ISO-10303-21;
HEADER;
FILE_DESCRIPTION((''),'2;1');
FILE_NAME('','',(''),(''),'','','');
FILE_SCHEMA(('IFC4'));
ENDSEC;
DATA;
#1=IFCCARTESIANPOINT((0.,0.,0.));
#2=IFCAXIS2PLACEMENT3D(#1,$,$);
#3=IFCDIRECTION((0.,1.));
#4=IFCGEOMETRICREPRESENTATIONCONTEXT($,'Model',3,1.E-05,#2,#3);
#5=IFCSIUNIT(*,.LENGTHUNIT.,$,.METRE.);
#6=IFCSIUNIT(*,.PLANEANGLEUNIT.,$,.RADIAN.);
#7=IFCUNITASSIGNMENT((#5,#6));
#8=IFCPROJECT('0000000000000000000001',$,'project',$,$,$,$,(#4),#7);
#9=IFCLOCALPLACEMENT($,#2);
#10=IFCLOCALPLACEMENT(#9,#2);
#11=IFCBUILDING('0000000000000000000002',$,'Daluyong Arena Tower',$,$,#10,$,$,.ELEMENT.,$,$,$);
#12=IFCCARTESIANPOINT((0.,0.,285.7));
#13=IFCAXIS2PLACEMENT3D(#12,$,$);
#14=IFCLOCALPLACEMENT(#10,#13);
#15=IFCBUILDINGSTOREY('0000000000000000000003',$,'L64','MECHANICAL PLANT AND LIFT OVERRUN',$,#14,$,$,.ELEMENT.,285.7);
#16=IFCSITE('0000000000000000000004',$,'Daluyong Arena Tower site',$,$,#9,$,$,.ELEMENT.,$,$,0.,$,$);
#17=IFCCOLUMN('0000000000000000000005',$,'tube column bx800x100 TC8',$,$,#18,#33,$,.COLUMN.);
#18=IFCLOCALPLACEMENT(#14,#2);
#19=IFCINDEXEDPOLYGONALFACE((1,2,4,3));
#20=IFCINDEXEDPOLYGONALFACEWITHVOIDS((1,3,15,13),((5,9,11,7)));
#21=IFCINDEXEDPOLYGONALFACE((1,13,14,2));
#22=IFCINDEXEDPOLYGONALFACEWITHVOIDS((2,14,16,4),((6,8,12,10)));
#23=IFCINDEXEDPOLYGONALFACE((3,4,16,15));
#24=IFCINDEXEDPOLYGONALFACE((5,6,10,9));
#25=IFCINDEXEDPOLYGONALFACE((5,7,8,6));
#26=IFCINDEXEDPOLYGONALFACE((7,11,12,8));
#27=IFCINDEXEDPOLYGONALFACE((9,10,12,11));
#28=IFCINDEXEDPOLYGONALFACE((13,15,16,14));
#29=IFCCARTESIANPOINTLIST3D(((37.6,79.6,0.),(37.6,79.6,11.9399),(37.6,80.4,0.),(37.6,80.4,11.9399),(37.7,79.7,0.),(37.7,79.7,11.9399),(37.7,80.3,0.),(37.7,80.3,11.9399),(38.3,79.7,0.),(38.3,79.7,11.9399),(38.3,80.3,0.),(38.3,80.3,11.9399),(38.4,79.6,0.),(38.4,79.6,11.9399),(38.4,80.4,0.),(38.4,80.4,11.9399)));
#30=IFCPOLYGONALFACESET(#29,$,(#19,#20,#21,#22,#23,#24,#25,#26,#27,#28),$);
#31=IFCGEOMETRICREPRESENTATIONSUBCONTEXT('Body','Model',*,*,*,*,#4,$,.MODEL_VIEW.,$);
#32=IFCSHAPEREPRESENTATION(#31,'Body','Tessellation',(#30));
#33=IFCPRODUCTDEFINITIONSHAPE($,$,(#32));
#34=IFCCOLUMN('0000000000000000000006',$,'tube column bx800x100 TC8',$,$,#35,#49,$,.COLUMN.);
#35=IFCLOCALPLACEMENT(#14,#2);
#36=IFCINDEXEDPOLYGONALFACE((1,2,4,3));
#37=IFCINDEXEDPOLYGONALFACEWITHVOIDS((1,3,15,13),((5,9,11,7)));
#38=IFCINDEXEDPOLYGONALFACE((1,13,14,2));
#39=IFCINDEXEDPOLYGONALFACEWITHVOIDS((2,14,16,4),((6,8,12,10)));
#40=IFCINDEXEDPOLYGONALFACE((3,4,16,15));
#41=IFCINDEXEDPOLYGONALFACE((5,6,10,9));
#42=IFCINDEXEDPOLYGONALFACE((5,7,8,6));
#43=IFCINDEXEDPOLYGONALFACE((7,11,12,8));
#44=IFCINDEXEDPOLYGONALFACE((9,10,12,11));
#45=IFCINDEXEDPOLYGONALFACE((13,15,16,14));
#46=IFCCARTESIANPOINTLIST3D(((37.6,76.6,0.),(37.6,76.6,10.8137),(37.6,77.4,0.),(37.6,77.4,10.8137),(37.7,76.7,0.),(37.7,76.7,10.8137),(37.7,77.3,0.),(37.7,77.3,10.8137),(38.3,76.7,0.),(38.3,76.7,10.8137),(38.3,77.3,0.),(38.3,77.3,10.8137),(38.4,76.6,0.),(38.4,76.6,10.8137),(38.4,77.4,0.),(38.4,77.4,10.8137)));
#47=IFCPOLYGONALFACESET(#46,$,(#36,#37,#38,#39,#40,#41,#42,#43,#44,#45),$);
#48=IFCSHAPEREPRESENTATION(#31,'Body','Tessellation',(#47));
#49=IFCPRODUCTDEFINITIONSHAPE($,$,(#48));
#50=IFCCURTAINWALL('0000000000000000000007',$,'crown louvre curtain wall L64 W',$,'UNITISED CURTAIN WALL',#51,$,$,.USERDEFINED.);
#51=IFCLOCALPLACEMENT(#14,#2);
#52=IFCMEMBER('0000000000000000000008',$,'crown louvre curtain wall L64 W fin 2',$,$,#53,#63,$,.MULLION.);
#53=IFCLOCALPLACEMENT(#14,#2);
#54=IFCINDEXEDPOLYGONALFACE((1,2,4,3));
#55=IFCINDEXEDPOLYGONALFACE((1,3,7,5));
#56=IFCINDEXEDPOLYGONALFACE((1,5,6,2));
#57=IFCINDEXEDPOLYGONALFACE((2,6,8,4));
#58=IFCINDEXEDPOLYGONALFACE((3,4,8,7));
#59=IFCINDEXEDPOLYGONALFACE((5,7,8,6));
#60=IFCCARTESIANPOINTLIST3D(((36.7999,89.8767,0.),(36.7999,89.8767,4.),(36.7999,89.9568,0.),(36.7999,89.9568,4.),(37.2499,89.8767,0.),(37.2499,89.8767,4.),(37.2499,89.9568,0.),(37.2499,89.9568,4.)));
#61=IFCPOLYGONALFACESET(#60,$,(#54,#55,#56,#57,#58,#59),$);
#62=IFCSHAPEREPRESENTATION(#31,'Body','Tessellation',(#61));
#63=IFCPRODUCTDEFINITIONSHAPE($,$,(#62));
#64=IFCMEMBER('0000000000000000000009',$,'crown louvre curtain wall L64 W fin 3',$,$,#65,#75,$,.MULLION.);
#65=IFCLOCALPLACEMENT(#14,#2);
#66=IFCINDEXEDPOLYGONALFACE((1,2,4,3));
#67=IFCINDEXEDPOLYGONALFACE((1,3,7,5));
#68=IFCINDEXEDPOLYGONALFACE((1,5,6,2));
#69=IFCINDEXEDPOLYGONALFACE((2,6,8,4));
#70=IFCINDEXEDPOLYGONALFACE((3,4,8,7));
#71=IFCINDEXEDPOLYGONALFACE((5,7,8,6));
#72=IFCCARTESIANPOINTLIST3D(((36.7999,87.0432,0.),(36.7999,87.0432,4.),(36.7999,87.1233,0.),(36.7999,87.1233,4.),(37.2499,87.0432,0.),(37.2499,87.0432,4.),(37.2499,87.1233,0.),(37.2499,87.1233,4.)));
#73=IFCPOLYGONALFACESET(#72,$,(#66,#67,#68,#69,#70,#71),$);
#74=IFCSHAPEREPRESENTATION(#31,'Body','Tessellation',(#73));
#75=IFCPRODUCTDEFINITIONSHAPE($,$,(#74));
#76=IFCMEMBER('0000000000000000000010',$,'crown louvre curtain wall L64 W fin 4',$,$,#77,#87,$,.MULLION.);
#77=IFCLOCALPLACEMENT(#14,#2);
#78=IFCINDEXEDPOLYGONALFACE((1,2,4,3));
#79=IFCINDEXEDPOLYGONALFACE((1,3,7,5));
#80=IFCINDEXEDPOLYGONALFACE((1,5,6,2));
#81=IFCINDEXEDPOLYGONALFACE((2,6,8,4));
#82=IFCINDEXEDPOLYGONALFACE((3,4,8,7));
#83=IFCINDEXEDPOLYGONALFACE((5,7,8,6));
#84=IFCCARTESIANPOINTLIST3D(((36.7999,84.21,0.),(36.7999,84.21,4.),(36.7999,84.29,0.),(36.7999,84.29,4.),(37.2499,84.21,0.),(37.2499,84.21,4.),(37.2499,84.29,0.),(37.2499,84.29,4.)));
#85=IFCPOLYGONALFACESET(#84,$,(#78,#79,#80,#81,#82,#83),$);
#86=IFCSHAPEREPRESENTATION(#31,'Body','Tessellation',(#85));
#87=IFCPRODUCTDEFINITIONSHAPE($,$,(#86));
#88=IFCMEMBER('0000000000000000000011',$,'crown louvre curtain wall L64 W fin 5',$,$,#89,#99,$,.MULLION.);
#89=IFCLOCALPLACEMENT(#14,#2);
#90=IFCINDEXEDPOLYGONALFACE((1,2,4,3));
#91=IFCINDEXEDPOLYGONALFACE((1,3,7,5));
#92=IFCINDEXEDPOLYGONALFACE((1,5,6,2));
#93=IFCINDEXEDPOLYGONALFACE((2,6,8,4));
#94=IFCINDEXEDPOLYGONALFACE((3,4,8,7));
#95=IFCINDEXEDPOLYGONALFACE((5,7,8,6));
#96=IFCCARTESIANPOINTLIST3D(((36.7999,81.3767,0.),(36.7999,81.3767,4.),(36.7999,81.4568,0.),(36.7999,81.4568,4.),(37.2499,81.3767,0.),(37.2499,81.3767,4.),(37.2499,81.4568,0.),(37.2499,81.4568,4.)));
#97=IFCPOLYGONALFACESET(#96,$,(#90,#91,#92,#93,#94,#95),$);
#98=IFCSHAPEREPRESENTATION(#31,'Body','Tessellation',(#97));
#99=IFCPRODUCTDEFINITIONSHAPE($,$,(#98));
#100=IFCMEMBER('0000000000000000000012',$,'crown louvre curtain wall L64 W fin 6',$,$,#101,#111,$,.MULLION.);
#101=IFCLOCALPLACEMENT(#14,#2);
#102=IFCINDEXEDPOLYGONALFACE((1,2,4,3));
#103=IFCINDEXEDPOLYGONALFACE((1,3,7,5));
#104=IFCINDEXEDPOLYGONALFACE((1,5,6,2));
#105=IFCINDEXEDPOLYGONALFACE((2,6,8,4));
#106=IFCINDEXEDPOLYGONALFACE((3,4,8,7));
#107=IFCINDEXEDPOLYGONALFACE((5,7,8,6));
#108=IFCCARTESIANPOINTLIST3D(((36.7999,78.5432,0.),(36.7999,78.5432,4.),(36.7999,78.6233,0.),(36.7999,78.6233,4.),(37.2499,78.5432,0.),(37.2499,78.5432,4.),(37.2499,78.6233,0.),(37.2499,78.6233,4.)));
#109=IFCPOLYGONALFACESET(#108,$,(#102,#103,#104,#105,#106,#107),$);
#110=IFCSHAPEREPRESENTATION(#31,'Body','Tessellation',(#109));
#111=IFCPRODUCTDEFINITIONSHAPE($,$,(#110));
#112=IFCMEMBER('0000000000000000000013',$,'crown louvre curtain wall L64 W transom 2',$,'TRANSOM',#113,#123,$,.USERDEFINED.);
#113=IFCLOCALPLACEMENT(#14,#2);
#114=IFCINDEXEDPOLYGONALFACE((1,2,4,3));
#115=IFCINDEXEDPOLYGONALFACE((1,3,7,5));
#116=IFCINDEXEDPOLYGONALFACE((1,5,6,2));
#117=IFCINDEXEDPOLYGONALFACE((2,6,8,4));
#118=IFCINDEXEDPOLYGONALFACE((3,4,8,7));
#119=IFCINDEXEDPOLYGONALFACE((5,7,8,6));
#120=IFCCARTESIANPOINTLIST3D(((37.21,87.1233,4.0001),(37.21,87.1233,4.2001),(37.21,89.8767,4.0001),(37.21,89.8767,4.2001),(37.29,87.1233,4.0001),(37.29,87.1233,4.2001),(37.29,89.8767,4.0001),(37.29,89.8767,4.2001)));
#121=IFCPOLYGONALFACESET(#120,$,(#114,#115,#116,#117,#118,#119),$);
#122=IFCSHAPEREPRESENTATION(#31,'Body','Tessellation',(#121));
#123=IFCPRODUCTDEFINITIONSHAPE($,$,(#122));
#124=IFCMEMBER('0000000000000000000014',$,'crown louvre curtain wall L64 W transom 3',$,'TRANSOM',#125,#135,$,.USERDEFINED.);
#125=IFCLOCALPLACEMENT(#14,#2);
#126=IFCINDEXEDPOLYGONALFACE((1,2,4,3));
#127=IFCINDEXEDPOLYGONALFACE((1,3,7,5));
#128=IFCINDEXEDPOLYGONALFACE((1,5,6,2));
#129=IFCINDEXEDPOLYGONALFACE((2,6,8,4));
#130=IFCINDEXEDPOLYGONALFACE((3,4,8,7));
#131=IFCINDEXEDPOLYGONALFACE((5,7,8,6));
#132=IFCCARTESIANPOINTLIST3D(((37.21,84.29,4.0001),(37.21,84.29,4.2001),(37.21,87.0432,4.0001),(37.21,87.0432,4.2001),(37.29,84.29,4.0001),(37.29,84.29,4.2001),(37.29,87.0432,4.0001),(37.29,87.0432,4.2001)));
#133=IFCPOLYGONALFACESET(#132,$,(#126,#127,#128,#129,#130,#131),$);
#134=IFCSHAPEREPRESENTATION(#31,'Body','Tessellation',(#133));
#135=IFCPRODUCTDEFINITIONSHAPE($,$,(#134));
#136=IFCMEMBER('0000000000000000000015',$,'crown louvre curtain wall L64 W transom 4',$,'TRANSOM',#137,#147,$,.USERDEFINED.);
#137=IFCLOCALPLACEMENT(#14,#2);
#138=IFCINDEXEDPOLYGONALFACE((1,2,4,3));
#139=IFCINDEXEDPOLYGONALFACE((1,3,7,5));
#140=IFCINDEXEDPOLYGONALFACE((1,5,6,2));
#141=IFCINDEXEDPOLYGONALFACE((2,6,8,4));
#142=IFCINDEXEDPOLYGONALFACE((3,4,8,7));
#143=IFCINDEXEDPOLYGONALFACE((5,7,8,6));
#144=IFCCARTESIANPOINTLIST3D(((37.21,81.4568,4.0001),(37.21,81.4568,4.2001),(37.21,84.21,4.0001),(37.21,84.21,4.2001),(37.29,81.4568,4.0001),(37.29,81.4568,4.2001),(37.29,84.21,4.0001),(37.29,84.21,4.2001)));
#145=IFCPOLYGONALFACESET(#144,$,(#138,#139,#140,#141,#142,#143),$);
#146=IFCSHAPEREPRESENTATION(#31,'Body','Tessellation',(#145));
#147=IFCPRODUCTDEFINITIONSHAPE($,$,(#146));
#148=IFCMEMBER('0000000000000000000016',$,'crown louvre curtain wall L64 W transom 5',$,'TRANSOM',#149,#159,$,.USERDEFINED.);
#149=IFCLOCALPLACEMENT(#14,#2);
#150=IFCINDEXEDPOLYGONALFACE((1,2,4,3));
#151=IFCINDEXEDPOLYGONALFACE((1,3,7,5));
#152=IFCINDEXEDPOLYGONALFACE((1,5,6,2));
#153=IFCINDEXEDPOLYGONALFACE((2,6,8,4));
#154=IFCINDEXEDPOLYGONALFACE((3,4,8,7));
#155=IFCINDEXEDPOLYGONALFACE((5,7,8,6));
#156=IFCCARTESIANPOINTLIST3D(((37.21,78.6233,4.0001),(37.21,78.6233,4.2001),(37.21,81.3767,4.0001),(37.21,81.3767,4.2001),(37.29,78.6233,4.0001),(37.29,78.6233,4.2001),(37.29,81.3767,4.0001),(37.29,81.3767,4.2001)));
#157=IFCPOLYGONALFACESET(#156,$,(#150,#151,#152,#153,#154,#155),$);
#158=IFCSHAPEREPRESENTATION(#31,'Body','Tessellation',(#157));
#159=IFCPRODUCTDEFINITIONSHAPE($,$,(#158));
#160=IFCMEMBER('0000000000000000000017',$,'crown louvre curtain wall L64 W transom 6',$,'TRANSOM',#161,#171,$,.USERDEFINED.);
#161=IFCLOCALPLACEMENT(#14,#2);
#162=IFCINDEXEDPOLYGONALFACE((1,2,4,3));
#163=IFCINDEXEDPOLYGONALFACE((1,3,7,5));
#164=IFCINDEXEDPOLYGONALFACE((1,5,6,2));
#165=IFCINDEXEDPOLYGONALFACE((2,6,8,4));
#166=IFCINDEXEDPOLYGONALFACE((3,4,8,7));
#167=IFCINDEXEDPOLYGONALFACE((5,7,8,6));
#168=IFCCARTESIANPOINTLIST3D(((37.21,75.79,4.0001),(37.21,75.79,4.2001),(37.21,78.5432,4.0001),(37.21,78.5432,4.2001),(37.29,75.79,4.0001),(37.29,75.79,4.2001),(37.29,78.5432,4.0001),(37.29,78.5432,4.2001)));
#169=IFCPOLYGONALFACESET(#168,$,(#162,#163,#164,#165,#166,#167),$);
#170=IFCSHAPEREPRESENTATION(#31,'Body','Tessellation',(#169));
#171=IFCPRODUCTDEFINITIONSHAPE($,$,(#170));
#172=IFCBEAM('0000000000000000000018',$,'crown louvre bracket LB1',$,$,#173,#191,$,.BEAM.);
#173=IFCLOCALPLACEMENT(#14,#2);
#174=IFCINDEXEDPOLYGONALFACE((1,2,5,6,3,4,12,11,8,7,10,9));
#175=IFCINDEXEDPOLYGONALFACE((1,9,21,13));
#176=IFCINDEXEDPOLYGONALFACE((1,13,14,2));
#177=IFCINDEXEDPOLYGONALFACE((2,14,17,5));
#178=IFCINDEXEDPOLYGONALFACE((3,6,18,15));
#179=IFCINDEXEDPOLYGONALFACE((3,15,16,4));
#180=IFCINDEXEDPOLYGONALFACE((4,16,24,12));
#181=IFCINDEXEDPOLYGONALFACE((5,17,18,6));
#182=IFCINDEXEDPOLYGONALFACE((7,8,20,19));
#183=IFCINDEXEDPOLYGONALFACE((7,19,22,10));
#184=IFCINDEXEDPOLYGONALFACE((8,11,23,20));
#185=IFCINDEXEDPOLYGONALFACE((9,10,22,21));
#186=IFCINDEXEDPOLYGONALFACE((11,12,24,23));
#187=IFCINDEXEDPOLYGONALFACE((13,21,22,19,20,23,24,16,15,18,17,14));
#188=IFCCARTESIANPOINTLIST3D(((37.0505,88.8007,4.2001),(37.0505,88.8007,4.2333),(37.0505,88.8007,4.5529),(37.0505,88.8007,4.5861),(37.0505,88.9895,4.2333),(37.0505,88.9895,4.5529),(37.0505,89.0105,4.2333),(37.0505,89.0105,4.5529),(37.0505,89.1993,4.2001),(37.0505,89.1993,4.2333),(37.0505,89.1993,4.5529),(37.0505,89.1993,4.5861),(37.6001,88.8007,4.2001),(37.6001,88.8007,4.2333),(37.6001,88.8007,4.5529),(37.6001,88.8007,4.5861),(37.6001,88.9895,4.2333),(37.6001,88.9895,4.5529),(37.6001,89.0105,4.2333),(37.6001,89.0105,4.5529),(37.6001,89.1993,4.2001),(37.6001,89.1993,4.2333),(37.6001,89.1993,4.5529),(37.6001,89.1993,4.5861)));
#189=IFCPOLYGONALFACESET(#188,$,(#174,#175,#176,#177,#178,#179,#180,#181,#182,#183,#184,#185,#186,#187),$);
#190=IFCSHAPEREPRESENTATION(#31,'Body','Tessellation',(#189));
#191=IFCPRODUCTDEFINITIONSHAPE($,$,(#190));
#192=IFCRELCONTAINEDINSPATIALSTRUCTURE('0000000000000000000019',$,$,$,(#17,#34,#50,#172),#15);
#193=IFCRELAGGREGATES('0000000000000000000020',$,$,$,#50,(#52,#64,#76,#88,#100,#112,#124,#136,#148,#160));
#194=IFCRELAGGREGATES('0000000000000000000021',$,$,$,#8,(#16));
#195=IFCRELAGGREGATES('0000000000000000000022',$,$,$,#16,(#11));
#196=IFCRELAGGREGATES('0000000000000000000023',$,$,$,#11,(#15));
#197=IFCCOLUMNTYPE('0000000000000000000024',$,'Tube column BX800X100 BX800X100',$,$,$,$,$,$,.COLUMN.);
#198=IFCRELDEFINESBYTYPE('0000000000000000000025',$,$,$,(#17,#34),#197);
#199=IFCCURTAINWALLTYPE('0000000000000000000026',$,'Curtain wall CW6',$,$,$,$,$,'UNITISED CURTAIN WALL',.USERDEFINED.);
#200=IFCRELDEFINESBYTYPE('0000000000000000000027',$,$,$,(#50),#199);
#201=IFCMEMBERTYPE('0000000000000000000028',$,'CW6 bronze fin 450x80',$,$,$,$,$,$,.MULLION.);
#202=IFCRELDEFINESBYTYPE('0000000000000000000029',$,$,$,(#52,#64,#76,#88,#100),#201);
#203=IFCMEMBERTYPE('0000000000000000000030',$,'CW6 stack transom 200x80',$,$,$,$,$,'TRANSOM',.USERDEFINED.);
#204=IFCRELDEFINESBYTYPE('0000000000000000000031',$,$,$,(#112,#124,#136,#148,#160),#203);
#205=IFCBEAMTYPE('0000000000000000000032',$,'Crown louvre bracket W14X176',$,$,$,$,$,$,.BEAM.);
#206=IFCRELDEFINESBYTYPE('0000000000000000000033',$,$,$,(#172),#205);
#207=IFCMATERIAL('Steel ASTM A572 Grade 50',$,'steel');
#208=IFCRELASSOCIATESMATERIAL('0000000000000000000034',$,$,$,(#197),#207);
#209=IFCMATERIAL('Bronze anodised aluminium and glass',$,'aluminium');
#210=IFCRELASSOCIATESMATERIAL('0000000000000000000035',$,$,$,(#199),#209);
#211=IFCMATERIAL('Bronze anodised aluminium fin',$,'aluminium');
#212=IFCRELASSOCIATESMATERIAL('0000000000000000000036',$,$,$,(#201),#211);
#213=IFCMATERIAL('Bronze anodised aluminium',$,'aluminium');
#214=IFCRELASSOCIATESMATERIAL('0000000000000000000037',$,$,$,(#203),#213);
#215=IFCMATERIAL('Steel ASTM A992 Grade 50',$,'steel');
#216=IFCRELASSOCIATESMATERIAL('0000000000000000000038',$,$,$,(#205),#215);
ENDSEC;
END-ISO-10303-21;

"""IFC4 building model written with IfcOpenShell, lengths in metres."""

from ifc_helpers import new_model, si_unit, direction, frame, origin, origin_2d, place, context, subcontext, project, spatial, rectangle, hollow_rectangle, i_section, extrude, material, material_profile, profile_set, type_object, element, aggregate, save


model = new_model("IFC4")

# Units and contexts
model_context = context("Model", 3, precision=1e-05, world=origin(), true_north=direction((0.0, 1.0)))
body_context = subcontext(model_context, "Body", "Model", "MODEL_VIEW")
ifc_project = project(units=[si_unit("LENGTHUNIT", "METRE"), si_unit("PLANEANGLEUNIT", "RADIAN")], contexts=[model_context])

# Site, building, storey
site_placement = place(None, origin())
site = spatial("IfcSite", under=ifc_project, at=site_placement, Name="Daluyong Arena Tower site", CompositionType="ELEMENT", RefElevation=0.0)
building_placement = place(site_placement, origin())
building = spatial("IfcBuilding", under=site, at=building_placement, Name="Daluyong Arena Tower", CompositionType="ELEMENT")
storey_placement = place(building_placement, frame((0.0, 0.0, 285.7)))
storey = spatial("IfcBuildingStorey", under=building, at=storey_placement, Name="L64", Description="MECHANICAL PLANT AND LIFT OVERRUN", CompositionType="ELEMENT", Elevation=285.7)

# Columns
ifc_material_1 = material(Name="Steel ASTM A572 Grade 50", Category="steel")
ifc_material_profile_1 = material_profile(ifc_material_1, hollow_rectangle(XDim=0.8, YDim=0.8, WallThickness=0.1, at=origin_2d()))
ifc_profile_set_1 = profile_set([ifc_material_profile_1], Name="Steel ASTM A572 Grade 50")
column_type = type_object("IfcColumnType", Name="Tube column BX800X100 BX800X100", PredefinedType="COLUMN", material=ifc_profile_set_1)
column_1_placement = place(storey_placement, frame((38.0, 80.0, 0.0), z_axis=(0.0, 0.0, 1.0), x_axis=(0.0, 1.0, 0.0)))
element("IfcColumn", 1, at=column_1_placement, inside=storey, type_object=column_type, Name="tube column bx800x100 TC8", PredefinedType="COLUMN", context=body_context, shape_type="SweptSolid", body=[
    extrude(hollow_rectangle(XDim=0.8, YDim=0.8, WallThickness=0.1, at=origin_2d()), origin(), (0.0, 0.0, 1.0), 11.9399),
])
column_2_placement = place(storey_placement, frame((38.0, 77.0, 0.0), z_axis=(0.0, 0.0, 1.0), x_axis=(0.0, 1.0, 0.0)))
element("IfcColumn", 2, at=column_2_placement, inside=storey, type_object=column_type, Name="tube column bx800x100 TC8", PredefinedType="COLUMN", context=body_context, shape_type="SweptSolid", body=[
    extrude(hollow_rectangle(XDim=0.8, YDim=0.8, WallThickness=0.1, at=origin_2d()), origin(), (0.0, 0.0, 1.0), 10.8137),
])

# Curtain wall, members
ifc_material_2 = material(Name="Bronze anodised aluminium and glass", Category="aluminium")
curtain_wall_type = type_object("IfcCurtainWallType", Name="Curtain wall CW6", ElementType="UNITISED CURTAIN WALL", PredefinedType="USERDEFINED", material=ifc_material_2)
curtain_wall_placement = place(storey_placement, origin())
curtain_wall = element("IfcCurtainWall", 3, at=curtain_wall_placement, inside=storey, type_object=curtain_wall_type, Name="crown louvre curtain wall L64 W", ObjectType="UNITISED CURTAIN WALL", PredefinedType="USERDEFINED")
ifc_material_3 = material(Name="Bronze anodised aluminium fin", Category="aluminium")
ifc_material_profile_2 = material_profile(ifc_material_3, rectangle(XDim=0.45, YDim=0.0801, at=origin_2d()))
ifc_profile_set_2 = profile_set([ifc_material_profile_2], Name="Bronze anodised aluminium fin")
member_type_1 = type_object("IfcMemberType", Name="CW6 bronze fin 450x80", PredefinedType="MULLION", material=ifc_profile_set_2)
member_1_placement = place(storey_placement, frame((37.0249, 89.9167, 0.0), z_axis=(0.0, 0.0, 1.0), x_axis=(1.0, 0.0, 0.0)))
member_1 = element("IfcMember", 4, at=member_1_placement, type_object=member_type_1, Name="crown louvre curtain wall L64 W fin 2", PredefinedType="MULLION", context=body_context, shape_type="SweptSolid", body=[
    extrude(rectangle(XDim=0.45, YDim=0.0801, at=origin_2d()), origin(), (0.0, 0.0, 1.0), 4.0),
])
member_2_placement = place(storey_placement, frame((37.0249, 87.0833, 0.0), z_axis=(0.0, 0.0, 1.0), x_axis=(1.0, 0.0, 0.0)))
member_2 = element("IfcMember", 5, at=member_2_placement, type_object=member_type_1, Name="crown louvre curtain wall L64 W fin 3", PredefinedType="MULLION", context=body_context, shape_type="SweptSolid", body=[
    extrude(rectangle(XDim=0.45, YDim=0.0801, at=origin_2d()), origin(), (0.0, 0.0, 1.0), 4.0),
])
member_3_placement = place(storey_placement, frame((37.0249, 84.25, 0.0), z_axis=(0.0, 0.0, 1.0), x_axis=(1.0, 0.0, 0.0)))
member_3 = element("IfcMember", 6, at=member_3_placement, type_object=member_type_1, Name="crown louvre curtain wall L64 W fin 4", PredefinedType="MULLION", context=body_context, shape_type="SweptSolid", body=[
    extrude(rectangle(XDim=0.45, YDim=0.0801, at=origin_2d()), origin(), (0.0, 0.0, 1.0), 4.0),
])
member_4_placement = place(storey_placement, frame((37.0249, 81.4167, 0.0), z_axis=(0.0, 0.0, 1.0), x_axis=(1.0, 0.0, 0.0)))
member_4 = element("IfcMember", 7, at=member_4_placement, type_object=member_type_1, Name="crown louvre curtain wall L64 W fin 5", PredefinedType="MULLION", context=body_context, shape_type="SweptSolid", body=[
    extrude(rectangle(XDim=0.45, YDim=0.0801, at=origin_2d()), origin(), (0.0, 0.0, 1.0), 4.0),
])
member_5_placement = place(storey_placement, frame((37.0249, 78.5833, 0.0), z_axis=(0.0, 0.0, 1.0), x_axis=(1.0, 0.0, 0.0)))
member_5 = element("IfcMember", 8, at=member_5_placement, type_object=member_type_1, Name="crown louvre curtain wall L64 W fin 6", PredefinedType="MULLION", context=body_context, shape_type="SweptSolid", body=[
    extrude(rectangle(XDim=0.45, YDim=0.0801, at=origin_2d()), origin(), (0.0, 0.0, 1.0), 4.0),
])
ifc_material_4 = material(Name="Bronze anodised aluminium", Category="aluminium")
ifc_material_profile_3 = material_profile(ifc_material_4, rectangle(XDim=0.0801, YDim=0.2, at=origin_2d()))
ifc_profile_set_3 = profile_set([ifc_material_profile_3], Name="Bronze anodised aluminium")
member_type_2 = type_object("IfcMemberType", Name="CW6 stack transom 200x80", ElementType="TRANSOM", PredefinedType="USERDEFINED", material=ifc_profile_set_3)
member_6_placement = place(storey_placement, frame((37.25, 89.8767, 4.1001), z_axis=(0.0, -1.0, 0.0), x_axis=(1.0, 0.0, 0.0)))
member_6 = element("IfcMember", 9, at=member_6_placement, type_object=member_type_2, Name="crown louvre curtain wall L64 W transom 2", ObjectType="TRANSOM", PredefinedType="USERDEFINED", context=body_context, shape_type="SweptSolid", body=[
    extrude(rectangle(XDim=0.0801, YDim=0.2, at=origin_2d()), origin(), (0.0, 0.0, 1.0), 2.7534),
])
member_7_placement = place(storey_placement, frame((37.25, 87.0432, 4.1001), z_axis=(0.0, -1.0, 0.0), x_axis=(1.0, 0.0, 0.0)))
member_7 = element("IfcMember", 10, at=member_7_placement, type_object=member_type_2, Name="crown louvre curtain wall L64 W transom 3", ObjectType="TRANSOM", PredefinedType="USERDEFINED", context=body_context, shape_type="SweptSolid", body=[
    extrude(rectangle(XDim=0.0801, YDim=0.2, at=origin_2d()), origin(), (0.0, 0.0, 1.0), 2.7532),
])
member_8_placement = place(storey_placement, frame((37.25, 84.21, 4.1001), z_axis=(0.0, -1.0, 0.0), x_axis=(1.0, 0.0, 0.0)))
member_8 = element("IfcMember", 11, at=member_8_placement, type_object=member_type_2, Name="crown louvre curtain wall L64 W transom 4", ObjectType="TRANSOM", PredefinedType="USERDEFINED", context=body_context, shape_type="SweptSolid", body=[
    extrude(rectangle(XDim=0.0801, YDim=0.2, at=origin_2d()), origin(), (0.0, 0.0, 1.0), 2.7532),
])
member_9_placement = place(storey_placement, frame((37.25, 81.3767, 4.1001), z_axis=(0.0, -1.0, 0.0), x_axis=(1.0, 0.0, 0.0)))
member_9 = element("IfcMember", 12, at=member_9_placement, type_object=member_type_2, Name="crown louvre curtain wall L64 W transom 5", ObjectType="TRANSOM", PredefinedType="USERDEFINED", context=body_context, shape_type="SweptSolid", body=[
    extrude(rectangle(XDim=0.0801, YDim=0.2, at=origin_2d()), origin(), (0.0, 0.0, 1.0), 2.7534),
])
member_10_placement = place(storey_placement, frame((37.25, 78.5432, 4.1001), z_axis=(0.0, -1.0, 0.0), x_axis=(1.0, 0.0, 0.0)))
member_10 = element("IfcMember", 13, at=member_10_placement, type_object=member_type_2, Name="crown louvre curtain wall L64 W transom 6", ObjectType="TRANSOM", PredefinedType="USERDEFINED", context=body_context, shape_type="SweptSolid", body=[
    extrude(rectangle(XDim=0.0801, YDim=0.2, at=origin_2d()), origin(), (0.0, 0.0, 1.0), 2.7532),
])

# Beam
ifc_material_5 = material(Name="Steel ASTM A992 Grade 50", Category="steel")
ifc_material_profile_4 = material_profile(ifc_material_5, i_section(OverallWidth=0.3987, OverallDepth=0.386, WebThickness=0.021, FlangeThickness=0.0332, at=origin_2d()))
ifc_profile_set_4 = profile_set([ifc_material_profile_4], Name="Steel ASTM A992 Grade 50")
beam_type_1 = type_object("IfcBeamType", Name="Crown louvre bracket W14X176", PredefinedType="BEAM", material=ifc_profile_set_4)
for number, where, z_axis, x_axis, name in (
    (14, (37.6001, 89.0, 4.3931), (-1.0, 0.0, 0.0), (0.0, -1.0, 0.0), "crown louvre bracket LB1"),
):
    element("IfcBeam", number, at=place(storey_placement, frame(where, z_axis=z_axis, x_axis=x_axis)), inside=storey, type_object=beam_type_1, Name=name, PredefinedType="BEAM", context=body_context, shape_type="SweptSolid", body=[
        extrude(i_section(OverallWidth=0.3987, OverallDepth=0.386, WebThickness=0.021, FlangeThickness=0.0332, at=origin_2d()), origin(), (0.0, 0.0, 1.0), 0.5496),
    ])

aggregate(curtain_wall, [member_1, member_2, member_3, member_4, member_5, member_6, member_7, member_8, member_9, member_10])

save(model, "model.ifc")
